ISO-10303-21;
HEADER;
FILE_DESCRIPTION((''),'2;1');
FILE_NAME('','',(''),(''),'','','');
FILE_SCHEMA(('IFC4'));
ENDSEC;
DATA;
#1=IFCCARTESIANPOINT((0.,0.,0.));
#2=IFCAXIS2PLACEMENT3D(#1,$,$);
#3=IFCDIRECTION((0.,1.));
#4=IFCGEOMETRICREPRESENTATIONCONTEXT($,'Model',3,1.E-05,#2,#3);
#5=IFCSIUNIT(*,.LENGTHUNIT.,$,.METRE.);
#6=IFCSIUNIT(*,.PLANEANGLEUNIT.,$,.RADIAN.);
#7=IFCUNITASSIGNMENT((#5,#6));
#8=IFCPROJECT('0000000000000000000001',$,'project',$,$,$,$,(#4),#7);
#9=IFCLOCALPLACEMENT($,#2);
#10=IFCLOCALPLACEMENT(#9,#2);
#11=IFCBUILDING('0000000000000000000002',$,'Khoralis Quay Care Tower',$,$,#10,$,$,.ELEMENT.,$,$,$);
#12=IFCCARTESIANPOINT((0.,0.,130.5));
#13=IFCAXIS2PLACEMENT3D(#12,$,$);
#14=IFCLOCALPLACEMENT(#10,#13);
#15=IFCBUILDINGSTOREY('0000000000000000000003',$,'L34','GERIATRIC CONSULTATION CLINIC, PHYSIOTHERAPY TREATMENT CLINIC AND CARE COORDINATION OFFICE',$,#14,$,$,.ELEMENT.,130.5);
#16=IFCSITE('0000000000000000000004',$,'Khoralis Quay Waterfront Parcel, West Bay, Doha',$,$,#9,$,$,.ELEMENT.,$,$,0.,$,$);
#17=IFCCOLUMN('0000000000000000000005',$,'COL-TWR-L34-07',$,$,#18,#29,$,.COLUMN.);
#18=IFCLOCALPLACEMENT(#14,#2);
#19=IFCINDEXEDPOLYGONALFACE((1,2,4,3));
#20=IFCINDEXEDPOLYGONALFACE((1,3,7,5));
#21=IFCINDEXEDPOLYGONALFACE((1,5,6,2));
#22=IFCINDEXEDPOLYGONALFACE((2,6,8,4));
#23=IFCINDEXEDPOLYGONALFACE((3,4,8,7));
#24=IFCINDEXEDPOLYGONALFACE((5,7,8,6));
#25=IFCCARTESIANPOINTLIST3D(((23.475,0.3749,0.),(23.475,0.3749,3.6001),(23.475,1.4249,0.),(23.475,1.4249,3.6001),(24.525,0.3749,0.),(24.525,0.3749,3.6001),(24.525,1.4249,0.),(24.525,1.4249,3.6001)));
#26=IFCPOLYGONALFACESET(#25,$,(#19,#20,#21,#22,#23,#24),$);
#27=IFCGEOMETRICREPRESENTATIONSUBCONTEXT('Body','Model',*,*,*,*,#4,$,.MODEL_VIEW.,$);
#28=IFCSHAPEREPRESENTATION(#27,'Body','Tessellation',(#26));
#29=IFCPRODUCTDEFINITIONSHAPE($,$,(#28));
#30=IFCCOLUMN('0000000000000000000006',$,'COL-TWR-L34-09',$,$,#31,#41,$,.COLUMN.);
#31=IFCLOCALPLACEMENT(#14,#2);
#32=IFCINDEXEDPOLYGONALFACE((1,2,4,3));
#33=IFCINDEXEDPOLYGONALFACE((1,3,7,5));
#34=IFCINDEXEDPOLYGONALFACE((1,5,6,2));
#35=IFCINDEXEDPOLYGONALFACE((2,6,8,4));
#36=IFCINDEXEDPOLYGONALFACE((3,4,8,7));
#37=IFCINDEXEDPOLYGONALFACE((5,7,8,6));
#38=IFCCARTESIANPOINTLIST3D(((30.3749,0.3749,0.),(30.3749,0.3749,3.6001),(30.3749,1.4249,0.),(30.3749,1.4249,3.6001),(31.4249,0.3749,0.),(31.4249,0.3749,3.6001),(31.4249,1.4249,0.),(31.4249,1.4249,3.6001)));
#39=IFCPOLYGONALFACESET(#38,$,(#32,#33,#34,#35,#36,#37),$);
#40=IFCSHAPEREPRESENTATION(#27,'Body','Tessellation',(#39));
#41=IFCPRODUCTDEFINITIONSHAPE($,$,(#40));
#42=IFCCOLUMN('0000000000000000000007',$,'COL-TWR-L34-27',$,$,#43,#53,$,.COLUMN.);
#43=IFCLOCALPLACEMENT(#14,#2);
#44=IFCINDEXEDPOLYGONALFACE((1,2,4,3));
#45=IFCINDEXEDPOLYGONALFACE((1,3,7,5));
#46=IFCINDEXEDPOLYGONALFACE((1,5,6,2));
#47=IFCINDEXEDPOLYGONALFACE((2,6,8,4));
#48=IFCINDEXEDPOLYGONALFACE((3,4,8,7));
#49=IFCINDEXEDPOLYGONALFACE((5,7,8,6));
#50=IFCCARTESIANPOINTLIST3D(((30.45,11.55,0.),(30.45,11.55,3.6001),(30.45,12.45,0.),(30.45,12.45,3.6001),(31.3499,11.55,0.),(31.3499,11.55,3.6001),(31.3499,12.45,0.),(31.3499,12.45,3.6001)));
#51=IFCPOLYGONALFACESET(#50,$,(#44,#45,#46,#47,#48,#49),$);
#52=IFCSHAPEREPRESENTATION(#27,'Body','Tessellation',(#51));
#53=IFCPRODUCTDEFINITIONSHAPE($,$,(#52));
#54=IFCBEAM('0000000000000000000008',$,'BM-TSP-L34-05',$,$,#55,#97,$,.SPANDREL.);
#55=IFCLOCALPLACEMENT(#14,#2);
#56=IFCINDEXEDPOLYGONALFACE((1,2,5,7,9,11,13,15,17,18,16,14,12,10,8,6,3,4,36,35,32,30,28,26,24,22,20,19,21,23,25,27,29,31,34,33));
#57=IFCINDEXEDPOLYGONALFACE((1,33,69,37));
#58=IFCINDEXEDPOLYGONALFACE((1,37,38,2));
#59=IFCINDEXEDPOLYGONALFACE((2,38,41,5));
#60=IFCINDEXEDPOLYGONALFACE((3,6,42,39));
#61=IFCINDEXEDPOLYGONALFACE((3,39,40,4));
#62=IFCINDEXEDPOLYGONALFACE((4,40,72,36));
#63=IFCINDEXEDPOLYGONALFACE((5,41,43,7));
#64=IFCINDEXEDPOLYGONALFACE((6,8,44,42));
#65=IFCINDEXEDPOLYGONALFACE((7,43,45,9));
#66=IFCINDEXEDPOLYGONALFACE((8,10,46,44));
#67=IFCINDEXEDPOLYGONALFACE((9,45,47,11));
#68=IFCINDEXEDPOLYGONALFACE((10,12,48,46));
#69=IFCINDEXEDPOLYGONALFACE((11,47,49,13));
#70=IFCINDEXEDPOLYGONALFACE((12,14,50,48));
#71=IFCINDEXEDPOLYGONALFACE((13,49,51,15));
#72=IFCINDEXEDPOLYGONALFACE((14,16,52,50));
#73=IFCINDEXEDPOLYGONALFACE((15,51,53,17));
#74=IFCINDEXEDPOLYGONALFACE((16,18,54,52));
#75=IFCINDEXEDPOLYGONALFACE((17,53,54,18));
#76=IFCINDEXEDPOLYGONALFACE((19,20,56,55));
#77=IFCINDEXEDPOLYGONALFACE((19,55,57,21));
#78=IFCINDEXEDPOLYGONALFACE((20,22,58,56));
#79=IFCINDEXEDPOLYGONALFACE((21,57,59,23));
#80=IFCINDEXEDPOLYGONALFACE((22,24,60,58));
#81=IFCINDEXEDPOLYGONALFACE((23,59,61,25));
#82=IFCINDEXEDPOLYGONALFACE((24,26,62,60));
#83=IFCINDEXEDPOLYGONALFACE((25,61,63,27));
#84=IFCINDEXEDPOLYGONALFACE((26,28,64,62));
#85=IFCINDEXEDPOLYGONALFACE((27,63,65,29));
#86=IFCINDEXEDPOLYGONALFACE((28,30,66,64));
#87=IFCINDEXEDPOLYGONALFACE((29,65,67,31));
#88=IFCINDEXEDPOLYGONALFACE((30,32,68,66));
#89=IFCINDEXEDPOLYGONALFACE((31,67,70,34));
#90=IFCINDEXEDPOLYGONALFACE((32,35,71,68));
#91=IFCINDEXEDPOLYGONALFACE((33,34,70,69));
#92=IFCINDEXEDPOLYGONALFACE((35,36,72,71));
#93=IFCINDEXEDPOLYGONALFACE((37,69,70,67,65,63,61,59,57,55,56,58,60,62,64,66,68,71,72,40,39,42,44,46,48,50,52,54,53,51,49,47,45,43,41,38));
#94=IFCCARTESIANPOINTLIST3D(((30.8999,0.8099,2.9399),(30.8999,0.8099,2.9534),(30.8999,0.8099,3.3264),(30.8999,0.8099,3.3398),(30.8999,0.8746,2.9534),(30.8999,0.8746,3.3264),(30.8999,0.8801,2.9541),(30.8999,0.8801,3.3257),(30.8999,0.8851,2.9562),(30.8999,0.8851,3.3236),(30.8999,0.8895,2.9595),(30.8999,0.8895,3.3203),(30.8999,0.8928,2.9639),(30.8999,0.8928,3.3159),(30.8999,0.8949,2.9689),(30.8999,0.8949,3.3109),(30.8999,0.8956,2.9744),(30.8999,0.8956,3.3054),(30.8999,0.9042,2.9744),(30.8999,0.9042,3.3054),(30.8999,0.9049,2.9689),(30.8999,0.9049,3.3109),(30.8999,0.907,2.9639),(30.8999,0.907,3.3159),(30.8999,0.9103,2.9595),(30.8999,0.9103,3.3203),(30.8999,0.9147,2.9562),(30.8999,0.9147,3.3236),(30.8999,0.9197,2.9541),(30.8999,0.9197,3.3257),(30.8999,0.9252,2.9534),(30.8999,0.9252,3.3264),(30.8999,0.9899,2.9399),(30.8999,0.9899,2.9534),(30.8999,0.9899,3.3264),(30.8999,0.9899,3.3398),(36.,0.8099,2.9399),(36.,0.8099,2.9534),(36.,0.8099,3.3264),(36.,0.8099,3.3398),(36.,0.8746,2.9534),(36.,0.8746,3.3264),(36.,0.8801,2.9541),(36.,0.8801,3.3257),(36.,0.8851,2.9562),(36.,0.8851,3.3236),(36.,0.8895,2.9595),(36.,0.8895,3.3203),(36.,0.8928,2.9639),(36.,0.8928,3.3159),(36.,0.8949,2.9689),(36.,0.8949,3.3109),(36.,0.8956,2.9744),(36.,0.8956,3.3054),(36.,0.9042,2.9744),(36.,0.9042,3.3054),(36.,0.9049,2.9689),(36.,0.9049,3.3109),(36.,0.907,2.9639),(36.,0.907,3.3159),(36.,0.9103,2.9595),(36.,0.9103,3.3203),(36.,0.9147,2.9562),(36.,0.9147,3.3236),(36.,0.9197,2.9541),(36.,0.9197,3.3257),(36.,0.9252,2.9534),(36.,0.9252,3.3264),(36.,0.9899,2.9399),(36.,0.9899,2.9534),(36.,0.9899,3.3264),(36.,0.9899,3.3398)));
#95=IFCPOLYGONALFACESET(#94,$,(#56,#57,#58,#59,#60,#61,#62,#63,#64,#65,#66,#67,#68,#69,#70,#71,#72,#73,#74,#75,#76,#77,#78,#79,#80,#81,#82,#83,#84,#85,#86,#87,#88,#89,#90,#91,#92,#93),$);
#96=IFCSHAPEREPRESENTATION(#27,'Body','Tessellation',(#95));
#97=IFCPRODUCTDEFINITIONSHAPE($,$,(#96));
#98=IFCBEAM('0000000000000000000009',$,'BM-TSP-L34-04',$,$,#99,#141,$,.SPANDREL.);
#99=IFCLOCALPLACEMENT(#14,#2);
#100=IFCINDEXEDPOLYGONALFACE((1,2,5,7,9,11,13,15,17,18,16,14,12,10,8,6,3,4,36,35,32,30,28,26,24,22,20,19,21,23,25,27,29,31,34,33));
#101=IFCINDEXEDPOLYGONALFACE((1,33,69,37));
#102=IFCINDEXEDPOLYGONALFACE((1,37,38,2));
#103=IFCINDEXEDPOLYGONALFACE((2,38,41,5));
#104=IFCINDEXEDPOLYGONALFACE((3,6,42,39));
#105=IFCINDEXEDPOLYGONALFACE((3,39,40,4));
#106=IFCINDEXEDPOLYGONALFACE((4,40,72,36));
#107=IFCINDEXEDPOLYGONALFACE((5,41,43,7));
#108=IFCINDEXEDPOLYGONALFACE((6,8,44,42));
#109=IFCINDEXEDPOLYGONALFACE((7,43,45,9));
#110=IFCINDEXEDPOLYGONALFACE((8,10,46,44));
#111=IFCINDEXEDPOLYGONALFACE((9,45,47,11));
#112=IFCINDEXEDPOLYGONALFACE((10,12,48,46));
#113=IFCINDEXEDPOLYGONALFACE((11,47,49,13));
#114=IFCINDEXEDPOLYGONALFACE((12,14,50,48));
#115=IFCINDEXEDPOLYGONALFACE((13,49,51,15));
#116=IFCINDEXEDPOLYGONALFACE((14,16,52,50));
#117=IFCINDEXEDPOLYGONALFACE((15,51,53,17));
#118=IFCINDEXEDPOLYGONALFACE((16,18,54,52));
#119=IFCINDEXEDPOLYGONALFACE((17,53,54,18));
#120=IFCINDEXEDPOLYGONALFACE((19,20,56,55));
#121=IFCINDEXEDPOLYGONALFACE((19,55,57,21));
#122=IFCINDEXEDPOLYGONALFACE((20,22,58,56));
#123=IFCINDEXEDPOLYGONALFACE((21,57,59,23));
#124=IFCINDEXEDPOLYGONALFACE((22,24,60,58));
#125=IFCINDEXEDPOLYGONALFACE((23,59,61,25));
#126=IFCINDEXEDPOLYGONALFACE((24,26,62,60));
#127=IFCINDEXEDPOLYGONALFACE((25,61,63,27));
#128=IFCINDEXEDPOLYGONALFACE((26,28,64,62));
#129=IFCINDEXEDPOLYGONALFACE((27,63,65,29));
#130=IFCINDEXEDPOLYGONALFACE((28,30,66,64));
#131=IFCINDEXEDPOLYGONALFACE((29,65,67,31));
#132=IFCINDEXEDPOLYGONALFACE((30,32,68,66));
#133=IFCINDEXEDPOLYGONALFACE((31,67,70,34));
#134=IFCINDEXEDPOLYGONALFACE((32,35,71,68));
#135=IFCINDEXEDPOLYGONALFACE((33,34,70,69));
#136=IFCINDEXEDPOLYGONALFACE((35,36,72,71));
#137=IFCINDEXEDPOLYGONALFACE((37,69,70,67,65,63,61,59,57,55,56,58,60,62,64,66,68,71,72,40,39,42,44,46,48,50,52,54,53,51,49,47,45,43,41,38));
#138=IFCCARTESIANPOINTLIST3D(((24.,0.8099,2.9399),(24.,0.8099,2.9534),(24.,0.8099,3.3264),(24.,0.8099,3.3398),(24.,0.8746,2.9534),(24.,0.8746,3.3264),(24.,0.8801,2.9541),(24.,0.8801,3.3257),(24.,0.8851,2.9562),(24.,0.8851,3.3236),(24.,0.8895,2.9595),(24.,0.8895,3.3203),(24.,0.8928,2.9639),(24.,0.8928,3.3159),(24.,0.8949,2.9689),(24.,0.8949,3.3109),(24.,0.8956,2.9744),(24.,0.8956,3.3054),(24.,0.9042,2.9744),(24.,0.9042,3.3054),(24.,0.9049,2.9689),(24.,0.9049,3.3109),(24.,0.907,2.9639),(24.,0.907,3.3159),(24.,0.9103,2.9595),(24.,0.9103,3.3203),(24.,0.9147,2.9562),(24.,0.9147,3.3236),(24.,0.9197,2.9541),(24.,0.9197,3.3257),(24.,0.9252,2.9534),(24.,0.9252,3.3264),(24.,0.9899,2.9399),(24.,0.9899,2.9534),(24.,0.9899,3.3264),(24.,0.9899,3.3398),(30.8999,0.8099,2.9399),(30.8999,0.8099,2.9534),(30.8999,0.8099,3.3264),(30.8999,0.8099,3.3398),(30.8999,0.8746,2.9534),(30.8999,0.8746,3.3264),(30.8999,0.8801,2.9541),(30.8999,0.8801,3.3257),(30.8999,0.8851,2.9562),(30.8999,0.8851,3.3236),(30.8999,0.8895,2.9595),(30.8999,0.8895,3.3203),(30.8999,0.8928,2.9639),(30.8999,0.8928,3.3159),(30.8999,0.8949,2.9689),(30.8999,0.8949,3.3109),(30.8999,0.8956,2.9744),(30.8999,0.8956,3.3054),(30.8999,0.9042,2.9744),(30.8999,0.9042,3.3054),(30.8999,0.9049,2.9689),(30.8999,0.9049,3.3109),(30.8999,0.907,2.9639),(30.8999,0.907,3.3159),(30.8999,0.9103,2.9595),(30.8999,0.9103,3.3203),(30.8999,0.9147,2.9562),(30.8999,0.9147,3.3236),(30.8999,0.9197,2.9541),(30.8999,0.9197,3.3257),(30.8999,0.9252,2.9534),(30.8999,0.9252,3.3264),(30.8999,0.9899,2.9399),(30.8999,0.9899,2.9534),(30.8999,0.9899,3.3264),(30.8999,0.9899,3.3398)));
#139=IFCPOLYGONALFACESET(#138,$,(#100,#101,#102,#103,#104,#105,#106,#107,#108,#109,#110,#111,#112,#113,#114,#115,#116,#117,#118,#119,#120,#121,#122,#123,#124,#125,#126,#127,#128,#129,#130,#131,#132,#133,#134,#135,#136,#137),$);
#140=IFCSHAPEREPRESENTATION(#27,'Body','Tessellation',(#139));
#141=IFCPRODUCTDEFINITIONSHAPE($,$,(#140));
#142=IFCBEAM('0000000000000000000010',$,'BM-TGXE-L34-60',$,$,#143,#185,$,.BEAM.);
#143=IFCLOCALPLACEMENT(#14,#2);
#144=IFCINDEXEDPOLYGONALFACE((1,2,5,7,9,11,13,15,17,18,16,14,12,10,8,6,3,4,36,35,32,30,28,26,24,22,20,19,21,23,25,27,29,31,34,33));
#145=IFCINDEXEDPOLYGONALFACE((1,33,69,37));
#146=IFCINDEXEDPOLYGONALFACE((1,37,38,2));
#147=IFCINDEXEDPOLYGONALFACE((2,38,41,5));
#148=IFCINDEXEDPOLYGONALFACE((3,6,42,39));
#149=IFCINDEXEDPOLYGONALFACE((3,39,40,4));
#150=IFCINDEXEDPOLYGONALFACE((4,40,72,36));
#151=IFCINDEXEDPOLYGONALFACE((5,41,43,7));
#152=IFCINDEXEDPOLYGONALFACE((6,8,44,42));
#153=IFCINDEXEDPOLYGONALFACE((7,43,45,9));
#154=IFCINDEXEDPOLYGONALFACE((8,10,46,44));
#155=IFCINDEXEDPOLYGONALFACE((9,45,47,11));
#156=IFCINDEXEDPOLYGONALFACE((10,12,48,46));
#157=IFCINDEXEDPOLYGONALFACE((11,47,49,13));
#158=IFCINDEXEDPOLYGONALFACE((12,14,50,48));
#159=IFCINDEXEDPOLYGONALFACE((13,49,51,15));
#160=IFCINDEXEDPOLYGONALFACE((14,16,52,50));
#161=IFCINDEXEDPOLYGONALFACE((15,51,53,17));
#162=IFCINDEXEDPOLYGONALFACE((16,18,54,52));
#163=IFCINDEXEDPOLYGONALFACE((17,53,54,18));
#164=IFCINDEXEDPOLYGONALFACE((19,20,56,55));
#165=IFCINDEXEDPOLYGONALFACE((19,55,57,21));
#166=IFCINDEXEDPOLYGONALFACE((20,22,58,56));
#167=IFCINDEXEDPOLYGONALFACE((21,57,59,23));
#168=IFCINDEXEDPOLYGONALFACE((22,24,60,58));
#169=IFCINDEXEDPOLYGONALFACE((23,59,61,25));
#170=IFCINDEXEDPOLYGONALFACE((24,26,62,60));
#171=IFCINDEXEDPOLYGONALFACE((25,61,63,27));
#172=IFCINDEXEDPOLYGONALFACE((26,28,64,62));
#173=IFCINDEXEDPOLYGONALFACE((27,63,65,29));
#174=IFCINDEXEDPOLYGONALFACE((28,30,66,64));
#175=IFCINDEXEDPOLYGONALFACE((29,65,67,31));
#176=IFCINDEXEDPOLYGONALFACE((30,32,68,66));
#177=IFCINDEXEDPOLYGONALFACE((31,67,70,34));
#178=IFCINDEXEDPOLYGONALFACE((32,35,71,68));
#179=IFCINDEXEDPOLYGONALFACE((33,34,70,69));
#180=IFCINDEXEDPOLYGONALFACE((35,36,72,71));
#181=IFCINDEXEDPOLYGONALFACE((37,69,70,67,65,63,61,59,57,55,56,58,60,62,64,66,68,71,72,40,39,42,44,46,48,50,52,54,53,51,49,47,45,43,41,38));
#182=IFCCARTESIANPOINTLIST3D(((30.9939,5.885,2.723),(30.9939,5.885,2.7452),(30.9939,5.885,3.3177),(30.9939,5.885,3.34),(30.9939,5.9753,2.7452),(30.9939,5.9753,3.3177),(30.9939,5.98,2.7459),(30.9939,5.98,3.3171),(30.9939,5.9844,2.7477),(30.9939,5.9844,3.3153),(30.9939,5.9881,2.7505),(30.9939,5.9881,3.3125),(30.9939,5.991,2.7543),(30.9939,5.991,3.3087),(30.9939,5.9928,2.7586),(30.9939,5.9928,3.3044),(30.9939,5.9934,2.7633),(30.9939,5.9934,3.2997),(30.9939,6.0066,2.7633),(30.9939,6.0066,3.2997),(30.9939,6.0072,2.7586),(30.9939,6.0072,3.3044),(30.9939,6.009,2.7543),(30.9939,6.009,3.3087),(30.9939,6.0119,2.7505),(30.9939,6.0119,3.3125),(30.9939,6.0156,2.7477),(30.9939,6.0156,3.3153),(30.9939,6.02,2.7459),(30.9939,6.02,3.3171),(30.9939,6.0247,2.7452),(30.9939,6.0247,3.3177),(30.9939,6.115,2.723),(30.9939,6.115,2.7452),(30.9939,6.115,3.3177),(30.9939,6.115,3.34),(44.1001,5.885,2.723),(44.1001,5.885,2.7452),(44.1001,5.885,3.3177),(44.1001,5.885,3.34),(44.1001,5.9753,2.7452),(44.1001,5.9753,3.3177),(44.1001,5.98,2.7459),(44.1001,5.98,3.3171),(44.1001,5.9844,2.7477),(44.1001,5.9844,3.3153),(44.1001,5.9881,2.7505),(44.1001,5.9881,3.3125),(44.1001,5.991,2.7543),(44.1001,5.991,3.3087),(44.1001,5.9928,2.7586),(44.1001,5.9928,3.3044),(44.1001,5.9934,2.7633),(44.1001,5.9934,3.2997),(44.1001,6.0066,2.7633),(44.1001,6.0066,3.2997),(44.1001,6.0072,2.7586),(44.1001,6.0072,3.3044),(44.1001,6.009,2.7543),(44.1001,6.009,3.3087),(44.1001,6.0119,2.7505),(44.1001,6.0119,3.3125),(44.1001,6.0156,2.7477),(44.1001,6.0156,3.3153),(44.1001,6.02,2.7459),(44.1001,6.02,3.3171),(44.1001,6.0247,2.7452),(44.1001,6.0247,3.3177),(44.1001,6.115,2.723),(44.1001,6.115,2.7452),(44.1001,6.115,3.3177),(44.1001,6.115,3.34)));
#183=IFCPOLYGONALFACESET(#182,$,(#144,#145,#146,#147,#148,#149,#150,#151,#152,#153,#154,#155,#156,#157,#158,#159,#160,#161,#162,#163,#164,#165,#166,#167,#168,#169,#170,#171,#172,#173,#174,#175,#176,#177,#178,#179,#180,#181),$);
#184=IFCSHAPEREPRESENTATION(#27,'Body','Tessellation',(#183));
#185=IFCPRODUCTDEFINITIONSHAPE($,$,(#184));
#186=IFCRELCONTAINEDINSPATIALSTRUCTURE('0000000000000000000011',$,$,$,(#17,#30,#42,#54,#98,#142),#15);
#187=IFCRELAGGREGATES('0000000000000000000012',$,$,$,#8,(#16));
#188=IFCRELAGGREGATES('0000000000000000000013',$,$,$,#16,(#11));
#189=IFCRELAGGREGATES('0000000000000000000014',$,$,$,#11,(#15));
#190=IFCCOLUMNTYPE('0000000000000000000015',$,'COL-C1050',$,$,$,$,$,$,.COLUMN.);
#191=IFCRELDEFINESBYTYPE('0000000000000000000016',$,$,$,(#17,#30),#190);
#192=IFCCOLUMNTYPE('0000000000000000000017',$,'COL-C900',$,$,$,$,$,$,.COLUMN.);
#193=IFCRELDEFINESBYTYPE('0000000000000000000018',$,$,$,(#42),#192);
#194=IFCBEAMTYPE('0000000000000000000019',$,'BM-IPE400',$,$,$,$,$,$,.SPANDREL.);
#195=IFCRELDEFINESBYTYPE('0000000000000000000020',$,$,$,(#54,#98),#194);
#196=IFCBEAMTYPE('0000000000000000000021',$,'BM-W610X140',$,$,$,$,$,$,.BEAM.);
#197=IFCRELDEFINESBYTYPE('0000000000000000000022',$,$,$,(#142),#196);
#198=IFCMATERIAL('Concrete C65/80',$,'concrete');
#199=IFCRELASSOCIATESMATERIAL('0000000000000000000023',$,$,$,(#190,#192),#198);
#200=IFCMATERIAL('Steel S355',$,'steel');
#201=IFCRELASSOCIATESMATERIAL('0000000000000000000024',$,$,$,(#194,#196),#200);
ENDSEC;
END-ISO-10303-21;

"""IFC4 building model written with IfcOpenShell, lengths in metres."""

from ifc_helpers import new_model, si_unit, direction, frame, origin, origin_2d, place, context, subcontext, project, spatial, rectangle, i_section, extrude, source, transform, mapped, material, material_profile, profile_set, type_object, element, save


model = new_model("IFC4")

# Units and contexts
model_context = context("Model", 3, precision=1e-05, world=origin(), true_north=direction((0.0, 1.0)))
body_context = subcontext(model_context, "Body", "Model", "MODEL_VIEW")
ifc_project = project(units=[si_unit("LENGTHUNIT", "METRE"), si_unit("PLANEANGLEUNIT", "RADIAN")], contexts=[model_context])

# Site, building, storey
site_placement = place(None, origin())
site = spatial("IfcSite", under=ifc_project, at=site_placement, Name="Khoralis Quay Waterfront Parcel, West Bay, Doha", CompositionType="ELEMENT", RefElevation=0.0)
building_placement = place(site_placement, origin())
building = spatial("IfcBuilding", under=site, at=building_placement, Name="Khoralis Quay Care Tower", CompositionType="ELEMENT")
storey_placement = place(building_placement, frame((0.0, 0.0, 130.5)))
storey = spatial("IfcBuildingStorey", under=building, at=storey_placement, Name="L34", Description="GERIATRIC CONSULTATION CLINIC, PHYSIOTHERAPY TREATMENT CLINIC AND CARE COORDINATION OFFICE", CompositionType="ELEMENT", Elevation=130.5)

# Columns
ifc_material_1 = material(Name="Concrete C65/80", Category="concrete")
ifc_material_profile_1 = material_profile(ifc_material_1, rectangle(XDim=1.05, YDim=1.05, at=origin_2d()), Name="Concrete C65/80")
ifc_profile_set_1 = profile_set([ifc_material_profile_1], Name="Concrete C65/80")
column_type_1 = type_object("IfcColumnType", Name="COL-C1050", PredefinedType="COLUMN", material=ifc_profile_set_1)
shared_shape_1 = source(origin(), body_context, "Body", "SweptSolid", [
    extrude(rectangle(XDim=1.05, YDim=1.05, at=origin_2d()), origin(), (0.0, 0.0, 1.0), 3.6001),
])
for number, where, z_axis, x_axis, name in (
    (1, (24.0, 0.8999, 0.0), (0.0, 0.0, 1.0), (1.0, 0.0, 0.0), "COL-TWR-L34-07"),
    (2, (30.8999, 0.8999, 0.0), (0.0, 0.0, 1.0), (1.0, 0.0, 0.0), "COL-TWR-L34-09"),
):
    element("IfcColumn", number, at=place(storey_placement, frame(where, z_axis=z_axis, x_axis=x_axis)), inside=storey, type_object=column_type_1, Name=name, PredefinedType="COLUMN", context=body_context, shape_type="MappedRepresentation", body=[
        mapped(shared_shape_1, transform((0.0, 0.0, 0.0), scale=1.0)),
    ])
ifc_material_profile_2 = material_profile(ifc_material_1, rectangle(XDim=0.8999, YDim=0.8999, at=origin_2d()), Name="Concrete C65/80")
ifc_profile_set_2 = profile_set([ifc_material_profile_2], Name="Concrete C65/80")
column_type_2 = type_object("IfcColumnType", Name="COL-C900", PredefinedType="COLUMN", material=ifc_profile_set_2)
shared_shape_2 = source(origin(), body_context, "Body", "SweptSolid", [
    extrude(rectangle(XDim=0.8999, YDim=0.8999, at=origin_2d()), origin(), (0.0, 0.0, 1.0), 3.6001),
])
column_placement = place(storey_placement, frame((30.8999, 12.0, 0.0), z_axis=(0.0, 0.0, 1.0), x_axis=(1.0, 0.0, 0.0)))
element("IfcColumn", 3, at=column_placement, inside=storey, type_object=column_type_2, Name="COL-TWR-L34-27", PredefinedType="COLUMN", context=body_context, shape_type="MappedRepresentation", body=[
    mapped(shared_shape_2, transform((0.0, 0.0, 0.0), scale=1.0)),
])

# Beams
ifc_material_2 = material(Name="Steel S355", Category="steel")
ifc_material_profile_3 = material_profile(ifc_material_2, i_section(OverallWidth=0.1799, OverallDepth=0.3999, WebThickness=0.0085, FlangeThickness=0.0134, FilletRadius=0.021, at=origin_2d()), Name="Steel S355")
ifc_profile_set_3 = profile_set([ifc_material_profile_3], Name="Steel S355")
beam_type_1 = type_object("IfcBeamType", Name="BM-IPE400", PredefinedType="SPANDREL", material=ifc_profile_set_3)
shared_shape_3 = source(origin(), body_context, "Body", "SweptSolid", [
    extrude(i_section(OverallWidth=0.1799, OverallDepth=0.3999, WebThickness=0.0085, FlangeThickness=0.0134, FilletRadius=0.021, at=origin_2d()), origin(), (0.0, 0.0, 1.0), 5.1001),
])
beam_1_placement = place(storey_placement, frame((30.8999, 0.8999, 3.1399), z_axis=(1.0, 0.0, 0.0), x_axis=(0.0, 1.0, 0.0)))
element("IfcBeam", 4, at=beam_1_placement, inside=storey, type_object=beam_type_1, Name="BM-TSP-L34-05", PredefinedType="SPANDREL", context=body_context, shape_type="MappedRepresentation", body=[
    mapped(shared_shape_3, transform((0.0, 0.0, 0.0), scale=1.0)),
])
shared_shape_4 = source(origin(), body_context, "Body", "SweptSolid", [
    extrude(i_section(OverallWidth=0.1799, OverallDepth=0.3999, WebThickness=0.0085, FlangeThickness=0.0134, FilletRadius=0.021, at=origin_2d()), origin(), (0.0, 0.0, 1.0), 6.8999),
])
beam_2_placement = place(storey_placement, frame((24.0, 0.8999, 3.1399), z_axis=(1.0, 0.0, 0.0), x_axis=(0.0, 1.0, 0.0)))
element("IfcBeam", 5, at=beam_2_placement, inside=storey, type_object=beam_type_1, Name="BM-TSP-L34-04", PredefinedType="SPANDREL", context=body_context, shape_type="MappedRepresentation", body=[
    mapped(shared_shape_4, transform((0.0, 0.0, 0.0), scale=1.0)),
])
ifc_material_profile_4 = material_profile(ifc_material_2, i_section(OverallWidth=0.23, OverallDepth=0.6169, WebThickness=0.0132, FlangeThickness=0.0222, FilletRadius=0.0181, at=origin_2d()), Name="Steel S355")
ifc_profile_set_4 = profile_set([ifc_material_profile_4], Name="Steel S355")
beam_type_2 = type_object("IfcBeamType", Name="BM-W610X140", PredefinedType="BEAM", material=ifc_profile_set_4)
shared_shape_5 = source(origin(), body_context, "Body", "SweptSolid", [
    extrude(i_section(OverallWidth=0.23, OverallDepth=0.6169, WebThickness=0.0132, FlangeThickness=0.0222, FilletRadius=0.0181, at=origin_2d()), origin(), (0.0, 0.0, 1.0), 13.1062),
])
beam_3_placement = place(storey_placement, frame((30.9939, 6.0, 3.0315), z_axis=(1.0, 0.0, 0.0), x_axis=(0.0, 1.0, 0.0)))
element("IfcBeam", 6, at=beam_3_placement, inside=storey, type_object=beam_type_2, Name="BM-TGXE-L34-60", PredefinedType="BEAM", context=body_context, shape_type="MappedRepresentation", body=[
    mapped(shared_shape_5, transform((0.0, 0.0, 0.0), scale=1.0)),
])

save(model, "model.ifc")
